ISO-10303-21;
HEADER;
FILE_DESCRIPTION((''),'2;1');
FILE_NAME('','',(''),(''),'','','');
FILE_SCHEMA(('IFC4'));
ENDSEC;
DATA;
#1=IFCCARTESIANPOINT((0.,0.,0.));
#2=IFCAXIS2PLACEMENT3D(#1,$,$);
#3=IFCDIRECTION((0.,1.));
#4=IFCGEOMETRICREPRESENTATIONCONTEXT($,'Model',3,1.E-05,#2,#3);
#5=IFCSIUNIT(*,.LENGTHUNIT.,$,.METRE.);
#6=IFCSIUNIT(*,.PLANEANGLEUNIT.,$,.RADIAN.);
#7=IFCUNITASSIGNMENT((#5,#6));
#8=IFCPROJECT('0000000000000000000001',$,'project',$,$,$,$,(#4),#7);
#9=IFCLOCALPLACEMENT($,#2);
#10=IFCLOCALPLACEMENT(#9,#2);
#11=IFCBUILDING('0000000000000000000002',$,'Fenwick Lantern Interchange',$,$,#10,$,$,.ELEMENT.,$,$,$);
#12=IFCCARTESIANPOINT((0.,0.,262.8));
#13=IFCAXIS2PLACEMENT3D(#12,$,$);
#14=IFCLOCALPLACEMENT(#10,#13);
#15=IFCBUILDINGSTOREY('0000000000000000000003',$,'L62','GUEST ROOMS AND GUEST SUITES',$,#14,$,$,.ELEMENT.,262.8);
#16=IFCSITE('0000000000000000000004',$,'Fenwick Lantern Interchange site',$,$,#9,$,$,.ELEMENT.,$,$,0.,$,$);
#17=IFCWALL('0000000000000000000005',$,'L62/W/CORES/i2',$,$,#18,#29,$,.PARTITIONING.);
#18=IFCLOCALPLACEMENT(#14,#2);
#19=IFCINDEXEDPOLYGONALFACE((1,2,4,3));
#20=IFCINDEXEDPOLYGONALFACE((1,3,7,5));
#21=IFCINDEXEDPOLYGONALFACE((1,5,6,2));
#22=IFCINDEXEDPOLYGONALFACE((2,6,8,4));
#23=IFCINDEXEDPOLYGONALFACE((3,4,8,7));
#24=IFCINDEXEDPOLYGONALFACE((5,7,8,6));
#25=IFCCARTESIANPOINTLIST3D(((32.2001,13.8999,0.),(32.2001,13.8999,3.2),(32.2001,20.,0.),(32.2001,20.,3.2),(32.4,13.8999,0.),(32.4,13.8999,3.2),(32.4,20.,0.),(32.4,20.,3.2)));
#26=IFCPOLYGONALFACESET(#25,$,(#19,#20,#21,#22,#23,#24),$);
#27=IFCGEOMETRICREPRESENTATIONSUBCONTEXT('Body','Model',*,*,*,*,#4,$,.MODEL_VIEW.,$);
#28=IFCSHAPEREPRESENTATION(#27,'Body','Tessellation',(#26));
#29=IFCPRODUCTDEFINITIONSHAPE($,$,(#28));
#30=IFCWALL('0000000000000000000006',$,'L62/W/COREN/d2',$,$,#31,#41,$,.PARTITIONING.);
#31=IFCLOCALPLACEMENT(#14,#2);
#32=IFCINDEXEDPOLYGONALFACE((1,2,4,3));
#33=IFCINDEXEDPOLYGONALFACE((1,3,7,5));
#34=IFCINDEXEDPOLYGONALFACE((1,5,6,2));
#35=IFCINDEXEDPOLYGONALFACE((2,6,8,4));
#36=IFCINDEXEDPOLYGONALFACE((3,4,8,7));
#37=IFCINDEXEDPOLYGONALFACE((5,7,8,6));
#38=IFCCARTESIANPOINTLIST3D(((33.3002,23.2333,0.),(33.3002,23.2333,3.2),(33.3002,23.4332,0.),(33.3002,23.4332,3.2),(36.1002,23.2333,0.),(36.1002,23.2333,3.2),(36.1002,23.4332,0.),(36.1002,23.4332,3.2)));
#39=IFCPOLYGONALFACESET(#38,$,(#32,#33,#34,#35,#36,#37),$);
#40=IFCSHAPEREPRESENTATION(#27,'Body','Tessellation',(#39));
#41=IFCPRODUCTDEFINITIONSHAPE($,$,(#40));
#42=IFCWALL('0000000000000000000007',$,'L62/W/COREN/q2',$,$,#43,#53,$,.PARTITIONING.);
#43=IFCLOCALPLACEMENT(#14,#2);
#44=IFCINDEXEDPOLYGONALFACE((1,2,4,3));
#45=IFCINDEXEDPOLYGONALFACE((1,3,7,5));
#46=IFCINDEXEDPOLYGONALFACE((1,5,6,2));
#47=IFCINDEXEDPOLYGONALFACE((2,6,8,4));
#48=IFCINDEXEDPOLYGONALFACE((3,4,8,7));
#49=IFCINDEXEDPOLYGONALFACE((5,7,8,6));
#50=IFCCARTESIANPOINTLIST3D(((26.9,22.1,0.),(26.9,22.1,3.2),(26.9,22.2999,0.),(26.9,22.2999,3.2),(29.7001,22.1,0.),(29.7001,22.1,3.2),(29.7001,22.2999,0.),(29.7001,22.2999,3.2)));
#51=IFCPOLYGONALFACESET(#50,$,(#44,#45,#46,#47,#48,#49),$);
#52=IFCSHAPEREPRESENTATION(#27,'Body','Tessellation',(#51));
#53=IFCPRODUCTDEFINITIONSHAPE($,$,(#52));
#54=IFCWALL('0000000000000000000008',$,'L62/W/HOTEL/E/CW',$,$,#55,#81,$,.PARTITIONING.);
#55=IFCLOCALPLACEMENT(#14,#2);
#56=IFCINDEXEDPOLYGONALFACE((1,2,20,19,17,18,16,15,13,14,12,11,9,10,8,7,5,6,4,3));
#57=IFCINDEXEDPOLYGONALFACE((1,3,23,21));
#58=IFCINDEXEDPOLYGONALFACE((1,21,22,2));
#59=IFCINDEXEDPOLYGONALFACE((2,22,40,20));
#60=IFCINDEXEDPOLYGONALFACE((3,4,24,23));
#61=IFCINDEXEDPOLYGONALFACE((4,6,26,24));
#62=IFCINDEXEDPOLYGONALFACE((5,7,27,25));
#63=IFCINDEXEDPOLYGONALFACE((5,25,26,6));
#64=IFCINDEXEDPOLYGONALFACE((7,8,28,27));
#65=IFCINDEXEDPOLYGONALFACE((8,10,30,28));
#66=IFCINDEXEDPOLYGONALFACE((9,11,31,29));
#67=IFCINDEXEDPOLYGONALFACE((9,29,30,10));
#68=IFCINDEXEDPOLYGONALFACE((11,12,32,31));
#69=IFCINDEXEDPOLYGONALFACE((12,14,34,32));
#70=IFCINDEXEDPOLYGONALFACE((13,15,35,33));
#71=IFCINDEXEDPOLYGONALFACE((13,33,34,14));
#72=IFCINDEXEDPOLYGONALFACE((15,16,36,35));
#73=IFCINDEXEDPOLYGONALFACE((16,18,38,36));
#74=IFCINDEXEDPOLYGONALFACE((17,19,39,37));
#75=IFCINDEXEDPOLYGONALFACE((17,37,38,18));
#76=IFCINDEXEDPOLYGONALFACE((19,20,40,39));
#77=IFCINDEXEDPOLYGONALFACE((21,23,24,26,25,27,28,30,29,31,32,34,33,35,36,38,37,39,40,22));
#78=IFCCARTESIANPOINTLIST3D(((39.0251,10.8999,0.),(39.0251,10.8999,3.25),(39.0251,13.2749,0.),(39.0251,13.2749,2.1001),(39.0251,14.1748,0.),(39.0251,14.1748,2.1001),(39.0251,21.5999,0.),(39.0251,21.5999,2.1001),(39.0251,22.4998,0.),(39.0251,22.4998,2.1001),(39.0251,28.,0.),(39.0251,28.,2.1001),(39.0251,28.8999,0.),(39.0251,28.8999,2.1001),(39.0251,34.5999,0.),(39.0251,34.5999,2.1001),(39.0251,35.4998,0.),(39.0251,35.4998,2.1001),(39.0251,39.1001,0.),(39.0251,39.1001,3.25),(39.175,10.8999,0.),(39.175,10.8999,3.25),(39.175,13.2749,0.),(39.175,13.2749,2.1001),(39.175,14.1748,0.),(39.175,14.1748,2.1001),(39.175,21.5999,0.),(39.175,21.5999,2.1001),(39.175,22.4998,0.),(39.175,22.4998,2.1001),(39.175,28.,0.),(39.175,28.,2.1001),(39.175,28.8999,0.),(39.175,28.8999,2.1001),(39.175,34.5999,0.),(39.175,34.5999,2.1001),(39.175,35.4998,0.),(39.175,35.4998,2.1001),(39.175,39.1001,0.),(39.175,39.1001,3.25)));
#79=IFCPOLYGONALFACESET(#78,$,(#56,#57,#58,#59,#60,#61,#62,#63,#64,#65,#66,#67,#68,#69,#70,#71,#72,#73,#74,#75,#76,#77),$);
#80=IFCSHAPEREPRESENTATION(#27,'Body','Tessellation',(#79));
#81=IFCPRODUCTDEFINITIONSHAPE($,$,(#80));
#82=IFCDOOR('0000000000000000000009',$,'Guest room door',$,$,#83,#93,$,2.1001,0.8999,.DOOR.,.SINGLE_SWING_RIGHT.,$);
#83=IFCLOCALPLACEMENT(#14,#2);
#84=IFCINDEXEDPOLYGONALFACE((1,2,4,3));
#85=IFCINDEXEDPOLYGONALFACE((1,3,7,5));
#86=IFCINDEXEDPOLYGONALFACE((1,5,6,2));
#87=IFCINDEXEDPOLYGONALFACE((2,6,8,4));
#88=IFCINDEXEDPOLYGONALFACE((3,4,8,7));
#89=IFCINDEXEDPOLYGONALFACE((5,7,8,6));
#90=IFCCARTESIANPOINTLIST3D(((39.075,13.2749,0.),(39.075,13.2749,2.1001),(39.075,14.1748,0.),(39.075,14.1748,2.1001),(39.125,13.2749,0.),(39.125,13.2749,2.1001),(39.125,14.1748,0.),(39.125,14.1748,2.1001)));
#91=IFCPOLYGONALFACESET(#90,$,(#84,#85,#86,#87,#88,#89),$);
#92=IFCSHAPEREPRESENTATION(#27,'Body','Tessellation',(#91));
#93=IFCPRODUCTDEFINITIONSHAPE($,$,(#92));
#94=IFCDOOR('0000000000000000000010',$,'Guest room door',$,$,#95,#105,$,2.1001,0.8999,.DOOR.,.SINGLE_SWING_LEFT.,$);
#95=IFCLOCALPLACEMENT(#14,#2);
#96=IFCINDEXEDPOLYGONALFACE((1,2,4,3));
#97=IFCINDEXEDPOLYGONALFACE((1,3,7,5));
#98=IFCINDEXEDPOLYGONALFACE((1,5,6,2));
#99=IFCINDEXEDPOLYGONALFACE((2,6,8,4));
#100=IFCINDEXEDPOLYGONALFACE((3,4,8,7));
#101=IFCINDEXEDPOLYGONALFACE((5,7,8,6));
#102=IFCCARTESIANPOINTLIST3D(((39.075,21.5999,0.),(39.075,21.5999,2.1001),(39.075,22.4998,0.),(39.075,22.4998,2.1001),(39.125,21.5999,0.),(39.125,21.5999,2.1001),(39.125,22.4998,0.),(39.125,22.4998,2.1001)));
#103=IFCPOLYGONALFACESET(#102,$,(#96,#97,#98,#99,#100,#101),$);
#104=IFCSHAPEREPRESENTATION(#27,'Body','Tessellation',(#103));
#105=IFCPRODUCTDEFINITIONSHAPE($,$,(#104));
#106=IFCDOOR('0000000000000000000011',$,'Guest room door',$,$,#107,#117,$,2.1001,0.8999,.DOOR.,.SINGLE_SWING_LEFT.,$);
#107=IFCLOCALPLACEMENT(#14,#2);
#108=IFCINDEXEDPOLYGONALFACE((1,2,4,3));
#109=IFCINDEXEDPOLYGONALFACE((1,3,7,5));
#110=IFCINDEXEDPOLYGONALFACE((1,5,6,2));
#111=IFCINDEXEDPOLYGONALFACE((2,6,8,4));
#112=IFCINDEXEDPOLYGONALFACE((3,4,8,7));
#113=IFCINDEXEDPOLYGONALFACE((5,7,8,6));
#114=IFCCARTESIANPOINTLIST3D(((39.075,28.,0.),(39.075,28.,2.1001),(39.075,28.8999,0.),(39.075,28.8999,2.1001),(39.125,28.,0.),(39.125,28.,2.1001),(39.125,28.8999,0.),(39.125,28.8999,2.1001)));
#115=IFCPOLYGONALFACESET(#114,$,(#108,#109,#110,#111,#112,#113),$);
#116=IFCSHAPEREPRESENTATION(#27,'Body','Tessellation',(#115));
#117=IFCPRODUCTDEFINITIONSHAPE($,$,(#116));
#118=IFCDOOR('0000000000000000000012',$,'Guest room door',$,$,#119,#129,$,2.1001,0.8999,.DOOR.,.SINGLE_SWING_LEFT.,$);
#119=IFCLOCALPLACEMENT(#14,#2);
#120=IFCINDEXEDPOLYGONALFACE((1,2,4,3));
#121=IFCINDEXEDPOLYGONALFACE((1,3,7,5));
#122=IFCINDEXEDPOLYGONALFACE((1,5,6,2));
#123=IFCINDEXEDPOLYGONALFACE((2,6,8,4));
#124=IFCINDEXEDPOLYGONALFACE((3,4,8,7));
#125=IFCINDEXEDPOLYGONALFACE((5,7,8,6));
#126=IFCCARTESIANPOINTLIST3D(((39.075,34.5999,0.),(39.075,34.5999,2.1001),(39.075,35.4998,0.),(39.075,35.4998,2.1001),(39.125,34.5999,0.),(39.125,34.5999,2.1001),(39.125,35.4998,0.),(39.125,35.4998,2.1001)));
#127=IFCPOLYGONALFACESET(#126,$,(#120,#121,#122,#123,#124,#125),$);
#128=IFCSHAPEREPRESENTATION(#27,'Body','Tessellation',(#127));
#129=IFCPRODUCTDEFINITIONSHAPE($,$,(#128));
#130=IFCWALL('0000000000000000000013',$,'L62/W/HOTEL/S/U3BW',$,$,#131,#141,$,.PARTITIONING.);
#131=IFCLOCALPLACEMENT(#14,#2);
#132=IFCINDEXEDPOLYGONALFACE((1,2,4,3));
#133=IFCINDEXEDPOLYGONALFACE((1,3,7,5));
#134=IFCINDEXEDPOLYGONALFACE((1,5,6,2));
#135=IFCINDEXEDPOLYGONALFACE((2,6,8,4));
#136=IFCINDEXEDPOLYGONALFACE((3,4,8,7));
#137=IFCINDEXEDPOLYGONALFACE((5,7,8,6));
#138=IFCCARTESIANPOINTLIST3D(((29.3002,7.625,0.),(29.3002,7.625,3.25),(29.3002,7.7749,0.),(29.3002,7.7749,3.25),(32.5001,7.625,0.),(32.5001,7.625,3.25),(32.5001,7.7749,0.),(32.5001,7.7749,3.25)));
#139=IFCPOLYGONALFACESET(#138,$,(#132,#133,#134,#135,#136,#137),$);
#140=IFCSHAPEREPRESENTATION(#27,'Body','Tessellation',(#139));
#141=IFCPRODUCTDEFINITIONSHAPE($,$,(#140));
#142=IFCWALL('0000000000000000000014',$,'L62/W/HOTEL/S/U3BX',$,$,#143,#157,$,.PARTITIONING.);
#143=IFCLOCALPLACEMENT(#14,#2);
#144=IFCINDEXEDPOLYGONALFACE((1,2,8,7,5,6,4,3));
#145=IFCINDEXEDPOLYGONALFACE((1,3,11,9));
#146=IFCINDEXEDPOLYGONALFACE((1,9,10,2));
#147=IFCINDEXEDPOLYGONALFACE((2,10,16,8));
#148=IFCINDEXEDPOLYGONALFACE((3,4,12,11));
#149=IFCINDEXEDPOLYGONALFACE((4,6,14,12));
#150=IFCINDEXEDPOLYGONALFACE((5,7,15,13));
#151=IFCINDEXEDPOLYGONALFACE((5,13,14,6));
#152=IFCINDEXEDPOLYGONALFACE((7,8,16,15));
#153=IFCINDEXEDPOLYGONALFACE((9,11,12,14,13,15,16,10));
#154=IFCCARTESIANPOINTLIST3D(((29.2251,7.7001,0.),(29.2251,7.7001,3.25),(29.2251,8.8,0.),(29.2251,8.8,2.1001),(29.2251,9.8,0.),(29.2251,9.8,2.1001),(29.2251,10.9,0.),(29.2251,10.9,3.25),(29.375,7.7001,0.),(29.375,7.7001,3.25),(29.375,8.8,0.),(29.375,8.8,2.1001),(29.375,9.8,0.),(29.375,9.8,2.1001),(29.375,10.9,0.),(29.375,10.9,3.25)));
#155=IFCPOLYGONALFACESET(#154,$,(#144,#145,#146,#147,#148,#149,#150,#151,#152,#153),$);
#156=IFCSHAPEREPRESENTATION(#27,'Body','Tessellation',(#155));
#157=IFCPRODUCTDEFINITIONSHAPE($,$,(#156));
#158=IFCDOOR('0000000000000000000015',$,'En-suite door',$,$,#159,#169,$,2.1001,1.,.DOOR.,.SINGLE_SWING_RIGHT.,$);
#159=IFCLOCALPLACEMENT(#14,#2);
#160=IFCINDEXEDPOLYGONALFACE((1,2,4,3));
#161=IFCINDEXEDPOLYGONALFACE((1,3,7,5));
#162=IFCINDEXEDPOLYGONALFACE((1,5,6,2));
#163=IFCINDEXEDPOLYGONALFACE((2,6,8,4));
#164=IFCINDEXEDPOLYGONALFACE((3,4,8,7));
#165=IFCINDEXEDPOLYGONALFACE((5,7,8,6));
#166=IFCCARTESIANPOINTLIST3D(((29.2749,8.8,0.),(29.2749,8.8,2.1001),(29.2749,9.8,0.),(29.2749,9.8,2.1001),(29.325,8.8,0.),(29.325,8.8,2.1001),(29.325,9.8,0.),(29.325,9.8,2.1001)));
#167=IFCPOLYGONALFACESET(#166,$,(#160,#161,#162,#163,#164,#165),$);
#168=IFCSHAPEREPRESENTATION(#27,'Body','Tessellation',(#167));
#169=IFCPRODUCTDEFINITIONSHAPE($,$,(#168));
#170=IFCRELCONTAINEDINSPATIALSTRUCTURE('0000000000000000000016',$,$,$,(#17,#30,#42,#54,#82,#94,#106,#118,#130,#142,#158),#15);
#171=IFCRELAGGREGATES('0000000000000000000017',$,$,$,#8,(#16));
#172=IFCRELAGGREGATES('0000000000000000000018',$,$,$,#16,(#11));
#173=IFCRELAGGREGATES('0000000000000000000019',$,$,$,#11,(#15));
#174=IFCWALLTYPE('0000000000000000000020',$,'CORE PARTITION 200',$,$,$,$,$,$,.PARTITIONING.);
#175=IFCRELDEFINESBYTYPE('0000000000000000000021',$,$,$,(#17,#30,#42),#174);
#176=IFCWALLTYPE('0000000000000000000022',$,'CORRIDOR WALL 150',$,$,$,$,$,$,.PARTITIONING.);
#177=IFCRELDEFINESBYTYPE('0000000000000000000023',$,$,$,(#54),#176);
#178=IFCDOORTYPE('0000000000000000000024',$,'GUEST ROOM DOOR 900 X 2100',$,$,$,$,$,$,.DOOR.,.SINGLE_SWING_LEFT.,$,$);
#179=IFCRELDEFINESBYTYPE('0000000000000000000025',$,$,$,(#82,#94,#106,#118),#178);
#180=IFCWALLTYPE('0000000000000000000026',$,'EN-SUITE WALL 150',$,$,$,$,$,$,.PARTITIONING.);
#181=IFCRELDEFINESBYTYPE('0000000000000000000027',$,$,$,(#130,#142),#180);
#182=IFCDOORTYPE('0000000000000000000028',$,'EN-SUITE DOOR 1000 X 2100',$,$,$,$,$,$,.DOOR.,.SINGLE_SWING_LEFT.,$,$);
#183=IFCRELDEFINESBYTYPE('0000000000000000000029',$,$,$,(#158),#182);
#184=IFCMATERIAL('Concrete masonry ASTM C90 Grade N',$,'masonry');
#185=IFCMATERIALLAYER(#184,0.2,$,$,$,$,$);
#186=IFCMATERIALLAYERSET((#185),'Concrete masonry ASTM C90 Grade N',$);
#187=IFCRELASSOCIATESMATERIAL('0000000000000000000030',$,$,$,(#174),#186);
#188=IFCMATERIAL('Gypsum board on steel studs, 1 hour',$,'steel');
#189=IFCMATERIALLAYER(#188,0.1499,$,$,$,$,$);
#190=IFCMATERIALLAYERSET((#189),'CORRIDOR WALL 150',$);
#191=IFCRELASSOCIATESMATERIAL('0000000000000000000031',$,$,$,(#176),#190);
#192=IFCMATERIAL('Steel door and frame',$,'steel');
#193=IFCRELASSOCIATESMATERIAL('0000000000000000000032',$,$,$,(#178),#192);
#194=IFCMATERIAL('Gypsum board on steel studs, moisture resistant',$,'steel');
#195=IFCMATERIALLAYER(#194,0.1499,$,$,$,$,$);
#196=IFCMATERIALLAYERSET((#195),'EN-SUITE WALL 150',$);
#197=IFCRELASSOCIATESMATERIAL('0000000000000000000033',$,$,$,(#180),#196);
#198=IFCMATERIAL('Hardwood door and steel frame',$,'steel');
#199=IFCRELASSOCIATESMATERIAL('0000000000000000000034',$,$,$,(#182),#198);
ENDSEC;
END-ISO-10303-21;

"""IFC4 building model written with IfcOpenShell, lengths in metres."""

from ifc_helpers import new_model, si_unit, direction, frame, frame_2d, origin, place, context, subcontext, project, spatial, rectangle, extrude, material, layer, layer_set, type_object, element, fill, save


model = new_model("IFC4")

# Units and contexts
model_context = context("Model", 3, precision=1e-05, world=origin(), true_north=direction((0.0, 1.0)))
body_context = subcontext(model_context, "Body", "Model", "MODEL_VIEW")
ifc_project = project(units=[si_unit("LENGTHUNIT", "METRE"), si_unit("PLANEANGLEUNIT", "RADIAN")], contexts=[model_context])

# Site, building, storey
site_placement = place(None, origin())
site = spatial("IfcSite", under=ifc_project, at=site_placement, Name="Fenwick Lantern Interchange site", CompositionType="ELEMENT", RefElevation=0.0)
building_placement = place(site_placement, origin())
building = spatial("IfcBuilding", under=site, at=building_placement, Name="Fenwick Lantern Interchange", CompositionType="ELEMENT")
storey_placement = place(building_placement, frame((0.0, 0.0, 262.8)))
storey = spatial("IfcBuildingStorey", under=building, at=storey_placement, Name="L62", Description="GUEST ROOMS AND GUEST SUITES", CompositionType="ELEMENT", Elevation=262.8)

# Walls
ifc_material_1 = material(Name="Concrete masonry ASTM C90 Grade N", Category="masonry")
ifc_layer_1 = layer(ifc_material_1, 0.2)
ifc_layer_set_1 = layer_set([ifc_layer_1], Name="Concrete masonry ASTM C90 Grade N")
wall_type_1 = type_object("IfcWallType", Name="CORE PARTITION 200", PredefinedType="PARTITIONING", material=ifc_layer_set_1)
wall_1_placement = place(storey_placement, frame((32.3, 13.8999, 0.0), z_axis=(0.0, 0.0, 1.0), x_axis=(0.0, 1.0, 0.0)))
element("IfcWall", 1, at=wall_1_placement, inside=storey, type_object=wall_type_1, Name="L62/W/CORES/i2", PredefinedType="PARTITIONING", context=body_context, shape_type="SweptSolid", body=[
    extrude(rectangle(XDim=6.1001, YDim=0.2, at=frame_2d((3.05, 0.0))), origin(), (0.0, 0.0, 1.0), 3.2),
])
for number, where, z_axis, x_axis, name in (
    (2, (36.1001, 23.3333, 0.0), (0.0, 0.0, 1.0), (-1.0, 0.0, 0.0), "L62/W/COREN/d2"),
    (3, (29.7, 22.2, 0.0), (0.0, 0.0, 1.0), (-1.0, 0.0, 0.0), "L62/W/COREN/q2"),
):
    element("IfcWall", number, at=place(storey_placement, frame(where, z_axis=z_axis, x_axis=x_axis)), inside=storey, type_object=wall_type_1, Name=name, PredefinedType="PARTITIONING", context=body_context, shape_type="SweptSolid", body=[
        extrude(rectangle(XDim=2.8, YDim=0.2, at=frame_2d((1.3999, 0.0))), origin(), (0.0, 0.0, 1.0), 3.2),
    ])

# Wall, openings, doors
ifc_material_2 = material(Name="Steel door and frame", Category="steel")
ifc_material_3 = material(Name="Hardwood door and steel frame", Category="steel")
ifc_material_4 = material(Name="Gypsum board on steel studs, 1 hour", Category="steel")
ifc_layer_2 = layer(ifc_material_4, 0.1499)
ifc_layer_set_2 = layer_set([ifc_layer_2], Name="CORRIDOR WALL 150")
wall_type_2 = type_object("IfcWallType", Name="CORRIDOR WALL 150", PredefinedType="PARTITIONING", material=ifc_layer_set_2)
wall_2_placement = place(storey_placement, frame((39.1001, 10.8999, 0.0), z_axis=(0.0, 0.0, 1.0), x_axis=(0.0, 1.0, 0.0)))
wall_2 = element("IfcWall", 4, at=wall_2_placement, inside=storey, type_object=wall_type_2, Name="L62/W/HOTEL/E/CW", PredefinedType="PARTITIONING", context=body_context, shape_type="SweptSolid", body=[
    extrude(rectangle(XDim=28.2002, YDim=0.1499, at=frame_2d((14.1001, 0.0))), origin(), (0.0, 0.0, 1.0), 3.25),
])
opening_1_placement = place(wall_2_placement, frame((2.375, 0.0, 0.0)))
opening_1 = element("IfcOpeningElement", 5, at=opening_1_placement, cuts=wall_2, PredefinedType="OPENING", context=body_context, shape_type="SweptSolid", body=[
    extrude(rectangle(XDim=0.8999, YDim=2.1001, at=frame_2d((0.45, 1.05))), frame((0.0, 0.085, 0.0), z_axis=(0.0, -1.0, 0.0), x_axis=(1.0, 0.0, 0.0)), (0.0, 0.0, 1.0), 0.1699),
])
opening_2_placement = place(wall_2_placement, frame((10.7, 0.0, 0.0)))
opening_2 = element("IfcOpeningElement", 6, at=opening_2_placement, cuts=wall_2, PredefinedType="OPENING", context=body_context, shape_type="SweptSolid", body=[
    extrude(rectangle(XDim=0.8999, YDim=2.1001, at=frame_2d((0.45, 1.05))), frame((0.0, 0.085, 0.0), z_axis=(0.0, -1.0, 0.0), x_axis=(1.0, 0.0, 0.0)), (0.0, 0.0, 1.0), 0.1699),
])
opening_3_placement = place(wall_2_placement, frame((17.1001, 0.0, 0.0)))
opening_3 = element("IfcOpeningElement", 7, at=opening_3_placement, cuts=wall_2, PredefinedType="OPENING", context=body_context, shape_type="SweptSolid", body=[
    extrude(rectangle(XDim=0.8999, YDim=2.1001, at=frame_2d((0.45, 1.05))), frame((0.0, 0.085, 0.0), z_axis=(0.0, -1.0, 0.0), x_axis=(1.0, 0.0, 0.0)), (0.0, 0.0, 1.0), 0.1699),
])
opening_4_placement = place(wall_2_placement, frame((23.7, 0.0, 0.0)))
opening_4 = element("IfcOpeningElement", 8, at=opening_4_placement, cuts=wall_2, PredefinedType="OPENING", context=body_context, shape_type="SweptSolid", body=[
    extrude(rectangle(XDim=0.8999, YDim=2.1001, at=frame_2d((0.45, 1.05))), frame((0.0, 0.085, 0.0), z_axis=(0.0, -1.0, 0.0), x_axis=(1.0, 0.0, 0.0)), (0.0, 0.0, 1.0), 0.1699),
])
door_type_1 = type_object("IfcDoorType", Name="GUEST ROOM DOOR 900 X 2100", OperationType="SINGLE_SWING_LEFT", PredefinedType="DOOR", material=ifc_material_2)
door_1_placement = place(opening_1_placement, frame((0.8999, 0.0, 0.0), z_axis=(0.0, 0.0, 1.0), x_axis=(-1.0, 0.0, 0.0)))
door_1 = element("IfcDoor", 9, at=door_1_placement, inside=storey, type_object=door_type_1, Name="Guest room door", OperationType="SINGLE_SWING_RIGHT", OverallHeight=2.1001, OverallWidth=0.8999, PredefinedType="DOOR", context=body_context, shape_type="SweptSolid", body=[
    extrude(rectangle(XDim=0.8999, YDim=2.1001, at=frame_2d((0.45, 1.05))), frame((0.0, 0.0249, 0.0), z_axis=(0.0, -1.0, 0.0), x_axis=(1.0, 0.0, 0.0)), (0.0, 0.0, 1.0), 0.05),
])
fill(opening_1, door_1)
door_2_placement = place(opening_2_placement, frame((0.8999, 0.0, 0.0), z_axis=(0.0, 0.0, 1.0), x_axis=(-1.0, 0.0, 0.0)))
door_2 = element("IfcDoor", 10, at=door_2_placement, inside=storey, type_object=door_type_1, Name="Guest room door", OperationType="SINGLE_SWING_LEFT", OverallHeight=2.1001, OverallWidth=0.8999, PredefinedType="DOOR", context=body_context, shape_type="SweptSolid", body=[
    extrude(rectangle(XDim=0.8999, YDim=2.1001, at=frame_2d((0.45, 1.05))), frame((0.0, 0.0249, 0.0), z_axis=(0.0, -1.0, 0.0), x_axis=(1.0, 0.0, 0.0)), (0.0, 0.0, 1.0), 0.05),
])
fill(opening_2, door_2)
door_3_placement = place(opening_3_placement, frame((0.8999, 0.0, 0.0), z_axis=(0.0, 0.0, 1.0), x_axis=(-1.0, 0.0, 0.0)))
door_3 = element("IfcDoor", 11, at=door_3_placement, inside=storey, type_object=door_type_1, Name="Guest room door", OperationType="SINGLE_SWING_LEFT", OverallHeight=2.1001, OverallWidth=0.8999, PredefinedType="DOOR", context=body_context, shape_type="SweptSolid", body=[
    extrude(rectangle(XDim=0.8999, YDim=2.1001, at=frame_2d((0.45, 1.05))), frame((0.0, 0.0249, 0.0), z_axis=(0.0, -1.0, 0.0), x_axis=(1.0, 0.0, 0.0)), (0.0, 0.0, 1.0), 0.05),
])
fill(opening_3, door_3)
door_4_placement = place(opening_4_placement, frame((0.8999, 0.0, 0.0), z_axis=(0.0, 0.0, 1.0), x_axis=(-1.0, 0.0, 0.0)))
door_4 = element("IfcDoor", 12, at=door_4_placement, inside=storey, type_object=door_type_1, Name="Guest room door", OperationType="SINGLE_SWING_LEFT", OverallHeight=2.1001, OverallWidth=0.8999, PredefinedType="DOOR", context=body_context, shape_type="SweptSolid", body=[
    extrude(rectangle(XDim=0.8999, YDim=2.1001, at=frame_2d((0.45, 1.05))), frame((0.0, 0.0249, 0.0), z_axis=(0.0, -1.0, 0.0), x_axis=(1.0, 0.0, 0.0)), (0.0, 0.0, 1.0), 0.05),
])
fill(opening_4, door_4)

# Wall
ifc_material_5 = material(Name="Gypsum board on steel studs, moisture resistant", Category="steel")
ifc_layer_3 = layer(ifc_material_5, 0.1499)
ifc_layer_set_3 = layer_set([ifc_layer_3], Name="EN-SUITE WALL 150")
wall_type_3 = type_object("IfcWallType", Name="EN-SUITE WALL 150", PredefinedType="PARTITIONING", material=ifc_layer_set_3)
wall_3_placement = place(storey_placement, frame((29.3, 7.7, 0.0), z_axis=(0.0, 0.0, 1.0), x_axis=(1.0, 0.0, 0.0)))
element("IfcWall", 13, at=wall_3_placement, inside=storey, type_object=wall_type_3, Name="L62/W/HOTEL/S/U3BW", PredefinedType="PARTITIONING", context=body_context, shape_type="SweptSolid", body=[
    extrude(rectangle(XDim=3.2, YDim=0.1499, at=frame_2d((1.6001, 0.0))), origin(), (0.0, 0.0, 1.0), 3.25),
])

# Wall, opening, door
wall_4_placement = place(storey_placement, frame((29.3, 7.7, 0.0), z_axis=(0.0, 0.0, 1.0), x_axis=(0.0, 1.0, 0.0)))
wall_4 = element("IfcWall", 14, at=wall_4_placement, inside=storey, type_object=wall_type_3, Name="L62/W/HOTEL/S/U3BX", PredefinedType="PARTITIONING", context=body_context, shape_type="SweptSolid", body=[
    extrude(rectangle(XDim=3.2, YDim=0.1499, at=frame_2d((1.6001, 0.0))), origin(), (0.0, 0.0, 1.0), 3.25),
])
opening_5_placement = place(wall_4_placement, frame((1.1001, 0.0, 0.0)))
opening_5 = element("IfcOpeningElement", 15, at=opening_5_placement, cuts=wall_4, PredefinedType="OPENING", context=body_context, shape_type="SweptSolid", body=[
    extrude(rectangle(XDim=1.0, YDim=2.1001, at=frame_2d((0.5, 1.05))), frame((0.0, 0.085, 0.0), z_axis=(0.0, -1.0, 0.0), x_axis=(1.0, 0.0, 0.0)), (0.0, 0.0, 1.0), 0.1699),
])
door_type_2 = type_object("IfcDoorType", Name="EN-SUITE DOOR 1000 X 2100", OperationType="SINGLE_SWING_LEFT", PredefinedType="DOOR", material=ifc_material_3)
door_5_placement = place(opening_5_placement, frame((1.0, 0.0, 0.0), z_axis=(0.0, 0.0, 1.0), x_axis=(-1.0, 0.0, 0.0)))
door_5 = element("IfcDoor", 16, at=door_5_placement, inside=storey, type_object=door_type_2, Name="En-suite door", OperationType="SINGLE_SWING_RIGHT", OverallHeight=2.1001, OverallWidth=1.0, PredefinedType="DOOR", context=body_context, shape_type="SweptSolid", body=[
    extrude(rectangle(XDim=1.0, YDim=2.1001, at=frame_2d((0.5, 1.05))), frame((0.0, 0.0249, 0.0), z_axis=(0.0, -1.0, 0.0), x_axis=(1.0, 0.0, 0.0)), (0.0, 0.0, 1.0), 0.05),
])
fill(opening_5, door_5)

save(model, "model.ifc")
